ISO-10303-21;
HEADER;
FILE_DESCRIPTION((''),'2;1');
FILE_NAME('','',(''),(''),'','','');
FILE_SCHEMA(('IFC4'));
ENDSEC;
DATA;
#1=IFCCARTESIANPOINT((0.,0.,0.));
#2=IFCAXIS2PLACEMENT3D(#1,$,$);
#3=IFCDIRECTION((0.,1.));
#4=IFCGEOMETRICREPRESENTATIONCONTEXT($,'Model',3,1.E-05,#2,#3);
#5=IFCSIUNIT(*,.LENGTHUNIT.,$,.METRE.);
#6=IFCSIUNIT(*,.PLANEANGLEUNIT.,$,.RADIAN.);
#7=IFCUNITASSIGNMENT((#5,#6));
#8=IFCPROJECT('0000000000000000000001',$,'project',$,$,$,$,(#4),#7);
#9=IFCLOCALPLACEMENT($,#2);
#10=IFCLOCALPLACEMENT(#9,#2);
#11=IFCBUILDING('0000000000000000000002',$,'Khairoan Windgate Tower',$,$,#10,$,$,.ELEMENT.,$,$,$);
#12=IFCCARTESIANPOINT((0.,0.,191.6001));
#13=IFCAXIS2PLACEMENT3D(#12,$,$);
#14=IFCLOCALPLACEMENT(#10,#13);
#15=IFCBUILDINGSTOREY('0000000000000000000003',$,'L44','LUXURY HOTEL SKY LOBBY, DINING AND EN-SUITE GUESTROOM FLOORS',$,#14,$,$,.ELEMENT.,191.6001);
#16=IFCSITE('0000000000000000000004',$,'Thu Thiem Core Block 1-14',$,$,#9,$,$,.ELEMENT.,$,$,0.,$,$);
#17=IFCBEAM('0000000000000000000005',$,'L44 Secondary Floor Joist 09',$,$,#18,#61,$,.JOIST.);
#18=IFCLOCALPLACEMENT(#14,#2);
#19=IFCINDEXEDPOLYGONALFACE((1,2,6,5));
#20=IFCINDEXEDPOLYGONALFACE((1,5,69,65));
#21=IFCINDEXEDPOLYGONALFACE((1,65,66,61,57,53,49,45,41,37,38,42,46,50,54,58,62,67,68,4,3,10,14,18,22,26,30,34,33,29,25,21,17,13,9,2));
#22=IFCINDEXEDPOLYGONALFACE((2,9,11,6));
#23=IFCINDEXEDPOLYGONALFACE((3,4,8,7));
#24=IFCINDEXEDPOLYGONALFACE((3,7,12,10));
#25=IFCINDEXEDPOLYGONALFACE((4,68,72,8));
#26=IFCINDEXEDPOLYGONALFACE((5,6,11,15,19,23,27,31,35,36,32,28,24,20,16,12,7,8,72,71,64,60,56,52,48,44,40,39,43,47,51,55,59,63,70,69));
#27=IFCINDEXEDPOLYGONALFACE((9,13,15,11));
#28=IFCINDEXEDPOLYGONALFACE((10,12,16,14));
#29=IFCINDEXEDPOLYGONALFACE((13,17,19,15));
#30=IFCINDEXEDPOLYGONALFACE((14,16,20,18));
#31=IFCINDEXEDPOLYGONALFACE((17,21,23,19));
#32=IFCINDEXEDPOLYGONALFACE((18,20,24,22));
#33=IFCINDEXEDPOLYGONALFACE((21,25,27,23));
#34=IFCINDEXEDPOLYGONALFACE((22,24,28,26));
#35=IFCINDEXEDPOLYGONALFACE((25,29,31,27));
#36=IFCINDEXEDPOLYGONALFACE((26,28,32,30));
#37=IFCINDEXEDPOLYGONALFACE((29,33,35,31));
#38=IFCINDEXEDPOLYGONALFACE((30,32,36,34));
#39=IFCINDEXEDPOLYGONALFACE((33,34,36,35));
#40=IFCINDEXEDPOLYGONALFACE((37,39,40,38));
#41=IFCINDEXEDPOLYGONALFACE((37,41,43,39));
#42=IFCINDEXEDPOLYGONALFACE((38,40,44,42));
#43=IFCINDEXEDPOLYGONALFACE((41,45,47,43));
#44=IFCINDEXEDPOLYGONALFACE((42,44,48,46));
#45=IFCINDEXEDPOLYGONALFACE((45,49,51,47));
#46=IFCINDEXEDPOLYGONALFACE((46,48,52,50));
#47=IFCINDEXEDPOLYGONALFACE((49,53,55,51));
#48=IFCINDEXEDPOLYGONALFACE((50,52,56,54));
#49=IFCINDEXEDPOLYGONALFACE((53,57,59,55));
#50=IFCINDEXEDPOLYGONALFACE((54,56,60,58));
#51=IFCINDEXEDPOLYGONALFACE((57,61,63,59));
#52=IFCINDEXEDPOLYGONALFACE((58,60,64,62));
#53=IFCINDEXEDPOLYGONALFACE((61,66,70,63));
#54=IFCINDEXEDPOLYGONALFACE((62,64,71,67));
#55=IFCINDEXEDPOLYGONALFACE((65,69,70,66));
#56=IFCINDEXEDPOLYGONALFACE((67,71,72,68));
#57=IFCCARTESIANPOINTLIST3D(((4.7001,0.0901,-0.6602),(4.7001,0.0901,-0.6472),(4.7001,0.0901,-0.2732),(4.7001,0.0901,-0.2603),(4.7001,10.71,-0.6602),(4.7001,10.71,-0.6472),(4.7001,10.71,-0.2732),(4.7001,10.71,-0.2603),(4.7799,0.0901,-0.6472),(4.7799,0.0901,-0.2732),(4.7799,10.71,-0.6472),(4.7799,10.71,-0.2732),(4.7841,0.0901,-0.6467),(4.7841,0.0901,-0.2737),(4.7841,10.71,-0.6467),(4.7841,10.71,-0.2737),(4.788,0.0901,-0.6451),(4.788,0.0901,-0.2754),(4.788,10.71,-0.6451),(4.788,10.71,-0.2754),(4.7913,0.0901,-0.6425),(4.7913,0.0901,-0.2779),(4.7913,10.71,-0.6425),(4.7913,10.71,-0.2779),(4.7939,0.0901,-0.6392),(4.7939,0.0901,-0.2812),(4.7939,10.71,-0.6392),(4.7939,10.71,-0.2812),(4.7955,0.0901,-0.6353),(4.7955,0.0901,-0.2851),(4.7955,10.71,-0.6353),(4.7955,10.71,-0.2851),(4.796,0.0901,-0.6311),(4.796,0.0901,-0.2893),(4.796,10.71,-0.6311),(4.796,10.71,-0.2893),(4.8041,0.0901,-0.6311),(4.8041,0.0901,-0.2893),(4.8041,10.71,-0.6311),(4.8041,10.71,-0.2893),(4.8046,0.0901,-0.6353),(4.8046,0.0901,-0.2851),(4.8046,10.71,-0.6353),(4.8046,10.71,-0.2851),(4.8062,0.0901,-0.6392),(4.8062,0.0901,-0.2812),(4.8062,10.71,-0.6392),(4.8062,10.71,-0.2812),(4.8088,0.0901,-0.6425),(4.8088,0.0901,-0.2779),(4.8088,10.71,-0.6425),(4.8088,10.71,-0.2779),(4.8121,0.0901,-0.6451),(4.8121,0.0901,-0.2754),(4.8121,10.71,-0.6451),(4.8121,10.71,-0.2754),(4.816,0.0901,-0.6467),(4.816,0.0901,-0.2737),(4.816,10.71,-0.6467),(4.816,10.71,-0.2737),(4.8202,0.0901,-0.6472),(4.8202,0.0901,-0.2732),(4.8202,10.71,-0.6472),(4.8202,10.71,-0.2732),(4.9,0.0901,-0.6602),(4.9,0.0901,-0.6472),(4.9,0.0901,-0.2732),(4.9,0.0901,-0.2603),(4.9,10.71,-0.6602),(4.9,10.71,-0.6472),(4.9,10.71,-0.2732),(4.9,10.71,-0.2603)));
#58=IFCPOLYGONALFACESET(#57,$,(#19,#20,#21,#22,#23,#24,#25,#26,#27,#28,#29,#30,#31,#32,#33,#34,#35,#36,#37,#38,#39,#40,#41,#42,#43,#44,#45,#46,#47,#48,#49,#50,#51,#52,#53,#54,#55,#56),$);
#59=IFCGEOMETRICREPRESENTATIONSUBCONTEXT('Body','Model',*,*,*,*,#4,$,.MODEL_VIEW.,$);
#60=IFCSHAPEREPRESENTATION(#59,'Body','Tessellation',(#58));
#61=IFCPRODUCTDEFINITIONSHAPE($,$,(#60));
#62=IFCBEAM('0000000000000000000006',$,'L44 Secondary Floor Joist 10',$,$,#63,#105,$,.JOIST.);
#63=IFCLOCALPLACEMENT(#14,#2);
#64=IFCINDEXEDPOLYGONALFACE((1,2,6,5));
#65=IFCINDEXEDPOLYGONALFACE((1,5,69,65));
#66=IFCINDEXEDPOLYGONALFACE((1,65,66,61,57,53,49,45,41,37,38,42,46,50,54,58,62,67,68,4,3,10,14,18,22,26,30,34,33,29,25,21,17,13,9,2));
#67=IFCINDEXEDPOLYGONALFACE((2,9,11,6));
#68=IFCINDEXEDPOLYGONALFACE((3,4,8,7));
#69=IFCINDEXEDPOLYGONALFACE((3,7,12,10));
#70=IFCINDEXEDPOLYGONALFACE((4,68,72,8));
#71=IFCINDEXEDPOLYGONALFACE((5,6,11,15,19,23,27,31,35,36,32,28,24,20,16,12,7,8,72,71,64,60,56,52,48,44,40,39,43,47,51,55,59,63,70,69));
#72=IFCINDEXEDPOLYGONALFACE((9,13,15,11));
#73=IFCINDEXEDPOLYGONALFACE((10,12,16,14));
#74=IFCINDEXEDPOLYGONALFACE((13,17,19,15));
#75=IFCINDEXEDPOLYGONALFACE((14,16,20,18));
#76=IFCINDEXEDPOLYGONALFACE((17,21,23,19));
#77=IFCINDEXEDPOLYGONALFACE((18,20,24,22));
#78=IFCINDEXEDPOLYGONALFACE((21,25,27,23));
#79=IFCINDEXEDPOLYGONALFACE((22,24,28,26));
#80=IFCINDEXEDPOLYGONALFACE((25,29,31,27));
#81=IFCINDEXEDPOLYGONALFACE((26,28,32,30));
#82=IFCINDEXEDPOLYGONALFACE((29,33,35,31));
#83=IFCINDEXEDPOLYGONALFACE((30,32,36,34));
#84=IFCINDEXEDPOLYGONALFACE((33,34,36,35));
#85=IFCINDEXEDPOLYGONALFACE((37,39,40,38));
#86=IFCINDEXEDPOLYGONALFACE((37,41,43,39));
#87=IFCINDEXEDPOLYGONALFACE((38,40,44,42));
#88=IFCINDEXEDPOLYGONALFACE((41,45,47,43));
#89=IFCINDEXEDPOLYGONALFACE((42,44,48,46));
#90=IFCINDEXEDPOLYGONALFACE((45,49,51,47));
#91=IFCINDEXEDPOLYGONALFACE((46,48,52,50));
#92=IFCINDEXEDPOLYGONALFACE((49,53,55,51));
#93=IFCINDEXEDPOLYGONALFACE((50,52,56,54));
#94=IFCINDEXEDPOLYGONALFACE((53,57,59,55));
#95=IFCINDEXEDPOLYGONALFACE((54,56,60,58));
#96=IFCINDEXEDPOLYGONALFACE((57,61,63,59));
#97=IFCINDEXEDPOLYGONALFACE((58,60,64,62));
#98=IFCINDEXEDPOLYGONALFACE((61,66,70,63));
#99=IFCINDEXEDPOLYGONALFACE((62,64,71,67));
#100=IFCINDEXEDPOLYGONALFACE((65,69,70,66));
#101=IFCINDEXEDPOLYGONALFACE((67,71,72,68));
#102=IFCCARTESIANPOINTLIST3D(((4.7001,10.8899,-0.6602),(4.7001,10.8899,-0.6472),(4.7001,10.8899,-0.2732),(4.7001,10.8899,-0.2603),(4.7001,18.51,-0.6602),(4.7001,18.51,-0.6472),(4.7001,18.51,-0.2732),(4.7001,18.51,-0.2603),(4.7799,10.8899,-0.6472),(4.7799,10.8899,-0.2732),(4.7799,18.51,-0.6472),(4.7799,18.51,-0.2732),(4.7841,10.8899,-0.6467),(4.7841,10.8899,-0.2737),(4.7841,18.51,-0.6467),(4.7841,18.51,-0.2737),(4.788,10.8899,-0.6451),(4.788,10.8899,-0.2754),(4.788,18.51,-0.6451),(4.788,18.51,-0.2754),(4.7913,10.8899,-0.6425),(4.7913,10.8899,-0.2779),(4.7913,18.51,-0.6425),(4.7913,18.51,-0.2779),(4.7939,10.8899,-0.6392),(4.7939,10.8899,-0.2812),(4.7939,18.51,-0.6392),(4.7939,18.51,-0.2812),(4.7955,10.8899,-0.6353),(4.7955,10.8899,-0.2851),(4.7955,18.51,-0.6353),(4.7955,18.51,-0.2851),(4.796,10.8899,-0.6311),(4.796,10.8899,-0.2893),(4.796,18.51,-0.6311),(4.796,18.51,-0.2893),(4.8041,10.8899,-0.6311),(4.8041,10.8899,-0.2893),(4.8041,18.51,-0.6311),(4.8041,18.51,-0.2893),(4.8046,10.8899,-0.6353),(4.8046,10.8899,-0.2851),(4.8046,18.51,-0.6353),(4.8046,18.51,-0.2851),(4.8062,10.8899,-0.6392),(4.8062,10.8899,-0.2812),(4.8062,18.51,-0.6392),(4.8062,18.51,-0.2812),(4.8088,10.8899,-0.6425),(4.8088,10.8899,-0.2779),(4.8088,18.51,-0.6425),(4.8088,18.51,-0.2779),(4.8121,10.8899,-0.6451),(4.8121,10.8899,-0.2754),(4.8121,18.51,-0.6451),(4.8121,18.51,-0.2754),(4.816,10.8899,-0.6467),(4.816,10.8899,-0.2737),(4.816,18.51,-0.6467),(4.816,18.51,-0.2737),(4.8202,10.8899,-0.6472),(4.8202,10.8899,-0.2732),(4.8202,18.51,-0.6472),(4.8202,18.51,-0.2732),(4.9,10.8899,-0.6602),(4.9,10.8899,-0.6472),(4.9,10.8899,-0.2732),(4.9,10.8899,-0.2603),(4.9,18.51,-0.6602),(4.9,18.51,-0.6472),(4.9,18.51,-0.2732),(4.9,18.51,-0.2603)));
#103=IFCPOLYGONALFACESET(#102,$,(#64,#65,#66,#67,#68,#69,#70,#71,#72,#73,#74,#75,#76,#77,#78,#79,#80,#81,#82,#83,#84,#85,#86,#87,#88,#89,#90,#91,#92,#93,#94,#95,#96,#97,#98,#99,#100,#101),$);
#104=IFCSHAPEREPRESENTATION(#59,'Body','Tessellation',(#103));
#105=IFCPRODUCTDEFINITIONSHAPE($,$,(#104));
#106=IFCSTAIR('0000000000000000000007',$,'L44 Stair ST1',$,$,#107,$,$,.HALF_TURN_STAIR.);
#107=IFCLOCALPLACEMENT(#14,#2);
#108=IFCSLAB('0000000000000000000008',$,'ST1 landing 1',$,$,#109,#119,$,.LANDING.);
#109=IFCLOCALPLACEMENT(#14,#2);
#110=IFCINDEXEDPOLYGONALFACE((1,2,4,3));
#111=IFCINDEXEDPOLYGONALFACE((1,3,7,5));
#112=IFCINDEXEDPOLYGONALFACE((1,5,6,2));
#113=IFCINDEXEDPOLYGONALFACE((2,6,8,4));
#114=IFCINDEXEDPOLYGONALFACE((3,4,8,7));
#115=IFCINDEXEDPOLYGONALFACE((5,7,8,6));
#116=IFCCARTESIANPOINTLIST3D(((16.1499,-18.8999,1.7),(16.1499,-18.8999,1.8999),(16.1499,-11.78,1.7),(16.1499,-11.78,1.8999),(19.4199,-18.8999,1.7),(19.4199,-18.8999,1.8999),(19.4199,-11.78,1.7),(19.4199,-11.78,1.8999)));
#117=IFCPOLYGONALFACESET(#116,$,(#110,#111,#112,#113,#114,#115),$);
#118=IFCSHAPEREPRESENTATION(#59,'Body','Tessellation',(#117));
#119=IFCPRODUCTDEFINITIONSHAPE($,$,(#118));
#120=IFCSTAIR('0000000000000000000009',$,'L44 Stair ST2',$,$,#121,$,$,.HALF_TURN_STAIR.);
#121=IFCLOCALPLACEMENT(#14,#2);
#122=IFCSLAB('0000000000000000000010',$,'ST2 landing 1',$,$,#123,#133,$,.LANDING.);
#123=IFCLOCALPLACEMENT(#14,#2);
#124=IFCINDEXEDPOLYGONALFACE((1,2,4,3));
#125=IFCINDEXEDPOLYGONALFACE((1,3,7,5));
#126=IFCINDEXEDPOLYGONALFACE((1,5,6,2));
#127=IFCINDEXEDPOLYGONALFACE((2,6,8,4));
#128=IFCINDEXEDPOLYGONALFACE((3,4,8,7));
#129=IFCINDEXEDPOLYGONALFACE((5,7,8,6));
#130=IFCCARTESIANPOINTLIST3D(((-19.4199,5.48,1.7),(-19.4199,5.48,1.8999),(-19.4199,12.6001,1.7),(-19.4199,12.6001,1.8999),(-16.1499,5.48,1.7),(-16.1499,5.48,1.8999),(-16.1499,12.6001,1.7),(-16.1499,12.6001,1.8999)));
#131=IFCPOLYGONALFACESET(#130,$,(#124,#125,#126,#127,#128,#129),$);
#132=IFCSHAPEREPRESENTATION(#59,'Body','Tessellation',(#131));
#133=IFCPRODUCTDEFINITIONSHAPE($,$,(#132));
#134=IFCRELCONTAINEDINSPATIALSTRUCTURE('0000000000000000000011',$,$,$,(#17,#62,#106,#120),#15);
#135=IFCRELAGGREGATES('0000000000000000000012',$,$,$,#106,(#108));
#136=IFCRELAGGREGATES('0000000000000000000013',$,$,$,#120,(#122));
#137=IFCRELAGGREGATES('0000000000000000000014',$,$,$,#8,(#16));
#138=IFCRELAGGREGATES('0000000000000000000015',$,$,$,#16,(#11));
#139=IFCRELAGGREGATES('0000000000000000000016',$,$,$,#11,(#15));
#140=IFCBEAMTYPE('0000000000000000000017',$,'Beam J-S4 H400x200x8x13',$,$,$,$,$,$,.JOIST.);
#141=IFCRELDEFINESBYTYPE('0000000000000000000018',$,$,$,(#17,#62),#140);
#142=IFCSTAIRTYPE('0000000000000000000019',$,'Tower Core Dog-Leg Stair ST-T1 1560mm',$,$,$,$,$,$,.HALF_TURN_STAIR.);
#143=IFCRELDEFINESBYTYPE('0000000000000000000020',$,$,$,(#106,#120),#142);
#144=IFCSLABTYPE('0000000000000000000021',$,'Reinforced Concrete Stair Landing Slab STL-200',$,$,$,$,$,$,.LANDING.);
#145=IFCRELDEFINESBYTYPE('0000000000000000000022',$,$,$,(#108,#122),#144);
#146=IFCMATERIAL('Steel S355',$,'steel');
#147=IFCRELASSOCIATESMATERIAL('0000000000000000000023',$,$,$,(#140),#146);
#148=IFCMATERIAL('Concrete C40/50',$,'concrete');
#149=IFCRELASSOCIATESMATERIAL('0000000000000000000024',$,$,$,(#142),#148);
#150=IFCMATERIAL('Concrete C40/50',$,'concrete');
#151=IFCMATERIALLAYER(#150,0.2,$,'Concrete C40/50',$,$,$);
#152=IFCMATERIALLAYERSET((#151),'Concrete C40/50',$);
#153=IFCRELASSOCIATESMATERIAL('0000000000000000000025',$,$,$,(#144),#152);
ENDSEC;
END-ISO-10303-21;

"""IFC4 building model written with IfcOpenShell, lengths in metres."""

from ifc_helpers import new_model, si_unit, direction, frame, origin, origin_2d, place, context, subcontext, project, spatial, polyline, i_section, outline, extrude, material, layer, layer_set, material_profile, profile_set, type_object, element, aggregate, save


model = new_model("IFC4")

# Units and contexts
model_context = context("Model", 3, precision=1e-05, world=origin(), true_north=direction((0.0, 1.0)))
body_context = subcontext(model_context, "Body", "Model", "MODEL_VIEW")
ifc_project = project(units=[si_unit("LENGTHUNIT", "METRE"), si_unit("PLANEANGLEUNIT", "RADIAN")], contexts=[model_context])

# Site, building, storey
site_placement = place(None, origin())
site = spatial("IfcSite", under=ifc_project, at=site_placement, Name="Thu Thiem Core Block 1-14", CompositionType="ELEMENT", RefElevation=0.0)
building_placement = place(site_placement, origin())
building = spatial("IfcBuilding", under=site, at=building_placement, Name="Khairoan Windgate Tower", CompositionType="ELEMENT")
storey_placement = place(building_placement, frame((0.0, 0.0, 191.6001)))
storey = spatial("IfcBuildingStorey", under=building, at=storey_placement, Name="L44", Description="LUXURY HOTEL SKY LOBBY, DINING AND EN-SUITE GUESTROOM FLOORS", CompositionType="ELEMENT", Elevation=191.6001)

# Beams
ifc_material_1 = material(Name="Steel S355", Category="steel")
ifc_material_profile_1 = material_profile(ifc_material_1, i_section(OverallWidth=0.2, OverallDepth=0.3999, WebThickness=0.0081, FlangeThickness=0.0129, FilletRadius=0.0161, at=origin_2d()))
ifc_profile_set_1 = profile_set([ifc_material_profile_1], Name="Steel S355")
beam_type_1 = type_object("IfcBeamType", Name="Beam J-S4 H400x200x8x13", PredefinedType="JOIST", material=ifc_profile_set_1)
beam_1_placement = place(storey_placement, frame((4.8, 0.0901, -0.4602), z_axis=(0.0, 1.0, 0.0), x_axis=(-1.0, 0.0, 0.0)))
element("IfcBeam", 1, at=beam_1_placement, inside=storey, type_object=beam_type_1, Name="L44 Secondary Floor Joist 09", PredefinedType="JOIST", context=body_context, shape_type="SweptSolid", body=[
    extrude(i_section(OverallWidth=0.2, OverallDepth=0.3999, WebThickness=0.0081, FlangeThickness=0.0129, FilletRadius=0.0161, at=origin_2d()), origin(), (0.0, 0.0, 1.0), 10.6199),
])
beam_2_placement = place(storey_placement, frame((4.8, 10.8899, -0.4602), z_axis=(0.0, 1.0, 0.0), x_axis=(-1.0, 0.0, 0.0)))
element("IfcBeam", 2, at=beam_2_placement, inside=storey, type_object=beam_type_1, Name="L44 Secondary Floor Joist 10", PredefinedType="JOIST", context=body_context, shape_type="SweptSolid", body=[
    extrude(i_section(OverallWidth=0.2, OverallDepth=0.3999, WebThickness=0.0081, FlangeThickness=0.0129, FilletRadius=0.0161, at=origin_2d()), origin(), (0.0, 0.0, 1.0), 7.6201),
])

# Stairs, slabs
ifc_material_2 = material(Name="Concrete C40/50", Category="concrete")
stair_type = type_object("IfcStairType", Name="Tower Core Dog-Leg Stair ST-T1 1560mm", PredefinedType="HALF_TURN_STAIR", material=ifc_material_2)
stair_1_placement = place(storey_placement, origin())
stair_1 = element("IfcStair", 3, at=stair_1_placement, inside=storey, type_object=stair_type, Name="L44 Stair ST1", PredefinedType="HALF_TURN_STAIR")
ifc_material_3 = material(Name="Concrete C40/50", Category="concrete")
ifc_layer_1 = layer(ifc_material_3, 0.2, Name="Concrete C40/50")
ifc_layer_set_1 = layer_set([ifc_layer_1], Name="Concrete C40/50")
slab_type_1 = type_object("IfcSlabType", Name="Reinforced Concrete Stair Landing Slab STL-200", PredefinedType="LANDING", material=ifc_layer_set_1)
slab_1_placement = place(storey_placement, frame((0.0, 0.0, 1.7)))
slab_1 = element("IfcSlab", 4, at=slab_1_placement, type_object=slab_type_1, Name="ST1 landing 1", PredefinedType="LANDING", context=body_context, shape_type="SweptSolid", body=[
    extrude(outline(polyline([(16.1499, -11.78), (16.1499, -18.8999), (19.4199, -18.8999), (19.4199, -11.78), (16.1499, -11.78)])), origin(), (0.0, 0.0, 1.0), 0.2),
])
aggregate(stair_1, [slab_1])
stair_2_placement = place(storey_placement, origin())
stair_2 = element("IfcStair", 5, at=stair_2_placement, inside=storey, type_object=stair_type, Name="L44 Stair ST2", PredefinedType="HALF_TURN_STAIR")
slab_2_placement = place(storey_placement, frame((0.0, 0.0, 1.7)))
slab_2 = element("IfcSlab", 6, at=slab_2_placement, type_object=slab_type_1, Name="ST2 landing 1", PredefinedType="LANDING", context=body_context, shape_type="SweptSolid", body=[
    extrude(outline(polyline([(-16.1499, 5.48), (-16.1499, 12.6001), (-19.4199, 12.6001), (-19.4199, 5.48), (-16.1499, 5.48)])), origin(), (0.0, 0.0, 1.0), 0.2),
])
aggregate(stair_2, [slab_2])

save(model, "model.ifc")
